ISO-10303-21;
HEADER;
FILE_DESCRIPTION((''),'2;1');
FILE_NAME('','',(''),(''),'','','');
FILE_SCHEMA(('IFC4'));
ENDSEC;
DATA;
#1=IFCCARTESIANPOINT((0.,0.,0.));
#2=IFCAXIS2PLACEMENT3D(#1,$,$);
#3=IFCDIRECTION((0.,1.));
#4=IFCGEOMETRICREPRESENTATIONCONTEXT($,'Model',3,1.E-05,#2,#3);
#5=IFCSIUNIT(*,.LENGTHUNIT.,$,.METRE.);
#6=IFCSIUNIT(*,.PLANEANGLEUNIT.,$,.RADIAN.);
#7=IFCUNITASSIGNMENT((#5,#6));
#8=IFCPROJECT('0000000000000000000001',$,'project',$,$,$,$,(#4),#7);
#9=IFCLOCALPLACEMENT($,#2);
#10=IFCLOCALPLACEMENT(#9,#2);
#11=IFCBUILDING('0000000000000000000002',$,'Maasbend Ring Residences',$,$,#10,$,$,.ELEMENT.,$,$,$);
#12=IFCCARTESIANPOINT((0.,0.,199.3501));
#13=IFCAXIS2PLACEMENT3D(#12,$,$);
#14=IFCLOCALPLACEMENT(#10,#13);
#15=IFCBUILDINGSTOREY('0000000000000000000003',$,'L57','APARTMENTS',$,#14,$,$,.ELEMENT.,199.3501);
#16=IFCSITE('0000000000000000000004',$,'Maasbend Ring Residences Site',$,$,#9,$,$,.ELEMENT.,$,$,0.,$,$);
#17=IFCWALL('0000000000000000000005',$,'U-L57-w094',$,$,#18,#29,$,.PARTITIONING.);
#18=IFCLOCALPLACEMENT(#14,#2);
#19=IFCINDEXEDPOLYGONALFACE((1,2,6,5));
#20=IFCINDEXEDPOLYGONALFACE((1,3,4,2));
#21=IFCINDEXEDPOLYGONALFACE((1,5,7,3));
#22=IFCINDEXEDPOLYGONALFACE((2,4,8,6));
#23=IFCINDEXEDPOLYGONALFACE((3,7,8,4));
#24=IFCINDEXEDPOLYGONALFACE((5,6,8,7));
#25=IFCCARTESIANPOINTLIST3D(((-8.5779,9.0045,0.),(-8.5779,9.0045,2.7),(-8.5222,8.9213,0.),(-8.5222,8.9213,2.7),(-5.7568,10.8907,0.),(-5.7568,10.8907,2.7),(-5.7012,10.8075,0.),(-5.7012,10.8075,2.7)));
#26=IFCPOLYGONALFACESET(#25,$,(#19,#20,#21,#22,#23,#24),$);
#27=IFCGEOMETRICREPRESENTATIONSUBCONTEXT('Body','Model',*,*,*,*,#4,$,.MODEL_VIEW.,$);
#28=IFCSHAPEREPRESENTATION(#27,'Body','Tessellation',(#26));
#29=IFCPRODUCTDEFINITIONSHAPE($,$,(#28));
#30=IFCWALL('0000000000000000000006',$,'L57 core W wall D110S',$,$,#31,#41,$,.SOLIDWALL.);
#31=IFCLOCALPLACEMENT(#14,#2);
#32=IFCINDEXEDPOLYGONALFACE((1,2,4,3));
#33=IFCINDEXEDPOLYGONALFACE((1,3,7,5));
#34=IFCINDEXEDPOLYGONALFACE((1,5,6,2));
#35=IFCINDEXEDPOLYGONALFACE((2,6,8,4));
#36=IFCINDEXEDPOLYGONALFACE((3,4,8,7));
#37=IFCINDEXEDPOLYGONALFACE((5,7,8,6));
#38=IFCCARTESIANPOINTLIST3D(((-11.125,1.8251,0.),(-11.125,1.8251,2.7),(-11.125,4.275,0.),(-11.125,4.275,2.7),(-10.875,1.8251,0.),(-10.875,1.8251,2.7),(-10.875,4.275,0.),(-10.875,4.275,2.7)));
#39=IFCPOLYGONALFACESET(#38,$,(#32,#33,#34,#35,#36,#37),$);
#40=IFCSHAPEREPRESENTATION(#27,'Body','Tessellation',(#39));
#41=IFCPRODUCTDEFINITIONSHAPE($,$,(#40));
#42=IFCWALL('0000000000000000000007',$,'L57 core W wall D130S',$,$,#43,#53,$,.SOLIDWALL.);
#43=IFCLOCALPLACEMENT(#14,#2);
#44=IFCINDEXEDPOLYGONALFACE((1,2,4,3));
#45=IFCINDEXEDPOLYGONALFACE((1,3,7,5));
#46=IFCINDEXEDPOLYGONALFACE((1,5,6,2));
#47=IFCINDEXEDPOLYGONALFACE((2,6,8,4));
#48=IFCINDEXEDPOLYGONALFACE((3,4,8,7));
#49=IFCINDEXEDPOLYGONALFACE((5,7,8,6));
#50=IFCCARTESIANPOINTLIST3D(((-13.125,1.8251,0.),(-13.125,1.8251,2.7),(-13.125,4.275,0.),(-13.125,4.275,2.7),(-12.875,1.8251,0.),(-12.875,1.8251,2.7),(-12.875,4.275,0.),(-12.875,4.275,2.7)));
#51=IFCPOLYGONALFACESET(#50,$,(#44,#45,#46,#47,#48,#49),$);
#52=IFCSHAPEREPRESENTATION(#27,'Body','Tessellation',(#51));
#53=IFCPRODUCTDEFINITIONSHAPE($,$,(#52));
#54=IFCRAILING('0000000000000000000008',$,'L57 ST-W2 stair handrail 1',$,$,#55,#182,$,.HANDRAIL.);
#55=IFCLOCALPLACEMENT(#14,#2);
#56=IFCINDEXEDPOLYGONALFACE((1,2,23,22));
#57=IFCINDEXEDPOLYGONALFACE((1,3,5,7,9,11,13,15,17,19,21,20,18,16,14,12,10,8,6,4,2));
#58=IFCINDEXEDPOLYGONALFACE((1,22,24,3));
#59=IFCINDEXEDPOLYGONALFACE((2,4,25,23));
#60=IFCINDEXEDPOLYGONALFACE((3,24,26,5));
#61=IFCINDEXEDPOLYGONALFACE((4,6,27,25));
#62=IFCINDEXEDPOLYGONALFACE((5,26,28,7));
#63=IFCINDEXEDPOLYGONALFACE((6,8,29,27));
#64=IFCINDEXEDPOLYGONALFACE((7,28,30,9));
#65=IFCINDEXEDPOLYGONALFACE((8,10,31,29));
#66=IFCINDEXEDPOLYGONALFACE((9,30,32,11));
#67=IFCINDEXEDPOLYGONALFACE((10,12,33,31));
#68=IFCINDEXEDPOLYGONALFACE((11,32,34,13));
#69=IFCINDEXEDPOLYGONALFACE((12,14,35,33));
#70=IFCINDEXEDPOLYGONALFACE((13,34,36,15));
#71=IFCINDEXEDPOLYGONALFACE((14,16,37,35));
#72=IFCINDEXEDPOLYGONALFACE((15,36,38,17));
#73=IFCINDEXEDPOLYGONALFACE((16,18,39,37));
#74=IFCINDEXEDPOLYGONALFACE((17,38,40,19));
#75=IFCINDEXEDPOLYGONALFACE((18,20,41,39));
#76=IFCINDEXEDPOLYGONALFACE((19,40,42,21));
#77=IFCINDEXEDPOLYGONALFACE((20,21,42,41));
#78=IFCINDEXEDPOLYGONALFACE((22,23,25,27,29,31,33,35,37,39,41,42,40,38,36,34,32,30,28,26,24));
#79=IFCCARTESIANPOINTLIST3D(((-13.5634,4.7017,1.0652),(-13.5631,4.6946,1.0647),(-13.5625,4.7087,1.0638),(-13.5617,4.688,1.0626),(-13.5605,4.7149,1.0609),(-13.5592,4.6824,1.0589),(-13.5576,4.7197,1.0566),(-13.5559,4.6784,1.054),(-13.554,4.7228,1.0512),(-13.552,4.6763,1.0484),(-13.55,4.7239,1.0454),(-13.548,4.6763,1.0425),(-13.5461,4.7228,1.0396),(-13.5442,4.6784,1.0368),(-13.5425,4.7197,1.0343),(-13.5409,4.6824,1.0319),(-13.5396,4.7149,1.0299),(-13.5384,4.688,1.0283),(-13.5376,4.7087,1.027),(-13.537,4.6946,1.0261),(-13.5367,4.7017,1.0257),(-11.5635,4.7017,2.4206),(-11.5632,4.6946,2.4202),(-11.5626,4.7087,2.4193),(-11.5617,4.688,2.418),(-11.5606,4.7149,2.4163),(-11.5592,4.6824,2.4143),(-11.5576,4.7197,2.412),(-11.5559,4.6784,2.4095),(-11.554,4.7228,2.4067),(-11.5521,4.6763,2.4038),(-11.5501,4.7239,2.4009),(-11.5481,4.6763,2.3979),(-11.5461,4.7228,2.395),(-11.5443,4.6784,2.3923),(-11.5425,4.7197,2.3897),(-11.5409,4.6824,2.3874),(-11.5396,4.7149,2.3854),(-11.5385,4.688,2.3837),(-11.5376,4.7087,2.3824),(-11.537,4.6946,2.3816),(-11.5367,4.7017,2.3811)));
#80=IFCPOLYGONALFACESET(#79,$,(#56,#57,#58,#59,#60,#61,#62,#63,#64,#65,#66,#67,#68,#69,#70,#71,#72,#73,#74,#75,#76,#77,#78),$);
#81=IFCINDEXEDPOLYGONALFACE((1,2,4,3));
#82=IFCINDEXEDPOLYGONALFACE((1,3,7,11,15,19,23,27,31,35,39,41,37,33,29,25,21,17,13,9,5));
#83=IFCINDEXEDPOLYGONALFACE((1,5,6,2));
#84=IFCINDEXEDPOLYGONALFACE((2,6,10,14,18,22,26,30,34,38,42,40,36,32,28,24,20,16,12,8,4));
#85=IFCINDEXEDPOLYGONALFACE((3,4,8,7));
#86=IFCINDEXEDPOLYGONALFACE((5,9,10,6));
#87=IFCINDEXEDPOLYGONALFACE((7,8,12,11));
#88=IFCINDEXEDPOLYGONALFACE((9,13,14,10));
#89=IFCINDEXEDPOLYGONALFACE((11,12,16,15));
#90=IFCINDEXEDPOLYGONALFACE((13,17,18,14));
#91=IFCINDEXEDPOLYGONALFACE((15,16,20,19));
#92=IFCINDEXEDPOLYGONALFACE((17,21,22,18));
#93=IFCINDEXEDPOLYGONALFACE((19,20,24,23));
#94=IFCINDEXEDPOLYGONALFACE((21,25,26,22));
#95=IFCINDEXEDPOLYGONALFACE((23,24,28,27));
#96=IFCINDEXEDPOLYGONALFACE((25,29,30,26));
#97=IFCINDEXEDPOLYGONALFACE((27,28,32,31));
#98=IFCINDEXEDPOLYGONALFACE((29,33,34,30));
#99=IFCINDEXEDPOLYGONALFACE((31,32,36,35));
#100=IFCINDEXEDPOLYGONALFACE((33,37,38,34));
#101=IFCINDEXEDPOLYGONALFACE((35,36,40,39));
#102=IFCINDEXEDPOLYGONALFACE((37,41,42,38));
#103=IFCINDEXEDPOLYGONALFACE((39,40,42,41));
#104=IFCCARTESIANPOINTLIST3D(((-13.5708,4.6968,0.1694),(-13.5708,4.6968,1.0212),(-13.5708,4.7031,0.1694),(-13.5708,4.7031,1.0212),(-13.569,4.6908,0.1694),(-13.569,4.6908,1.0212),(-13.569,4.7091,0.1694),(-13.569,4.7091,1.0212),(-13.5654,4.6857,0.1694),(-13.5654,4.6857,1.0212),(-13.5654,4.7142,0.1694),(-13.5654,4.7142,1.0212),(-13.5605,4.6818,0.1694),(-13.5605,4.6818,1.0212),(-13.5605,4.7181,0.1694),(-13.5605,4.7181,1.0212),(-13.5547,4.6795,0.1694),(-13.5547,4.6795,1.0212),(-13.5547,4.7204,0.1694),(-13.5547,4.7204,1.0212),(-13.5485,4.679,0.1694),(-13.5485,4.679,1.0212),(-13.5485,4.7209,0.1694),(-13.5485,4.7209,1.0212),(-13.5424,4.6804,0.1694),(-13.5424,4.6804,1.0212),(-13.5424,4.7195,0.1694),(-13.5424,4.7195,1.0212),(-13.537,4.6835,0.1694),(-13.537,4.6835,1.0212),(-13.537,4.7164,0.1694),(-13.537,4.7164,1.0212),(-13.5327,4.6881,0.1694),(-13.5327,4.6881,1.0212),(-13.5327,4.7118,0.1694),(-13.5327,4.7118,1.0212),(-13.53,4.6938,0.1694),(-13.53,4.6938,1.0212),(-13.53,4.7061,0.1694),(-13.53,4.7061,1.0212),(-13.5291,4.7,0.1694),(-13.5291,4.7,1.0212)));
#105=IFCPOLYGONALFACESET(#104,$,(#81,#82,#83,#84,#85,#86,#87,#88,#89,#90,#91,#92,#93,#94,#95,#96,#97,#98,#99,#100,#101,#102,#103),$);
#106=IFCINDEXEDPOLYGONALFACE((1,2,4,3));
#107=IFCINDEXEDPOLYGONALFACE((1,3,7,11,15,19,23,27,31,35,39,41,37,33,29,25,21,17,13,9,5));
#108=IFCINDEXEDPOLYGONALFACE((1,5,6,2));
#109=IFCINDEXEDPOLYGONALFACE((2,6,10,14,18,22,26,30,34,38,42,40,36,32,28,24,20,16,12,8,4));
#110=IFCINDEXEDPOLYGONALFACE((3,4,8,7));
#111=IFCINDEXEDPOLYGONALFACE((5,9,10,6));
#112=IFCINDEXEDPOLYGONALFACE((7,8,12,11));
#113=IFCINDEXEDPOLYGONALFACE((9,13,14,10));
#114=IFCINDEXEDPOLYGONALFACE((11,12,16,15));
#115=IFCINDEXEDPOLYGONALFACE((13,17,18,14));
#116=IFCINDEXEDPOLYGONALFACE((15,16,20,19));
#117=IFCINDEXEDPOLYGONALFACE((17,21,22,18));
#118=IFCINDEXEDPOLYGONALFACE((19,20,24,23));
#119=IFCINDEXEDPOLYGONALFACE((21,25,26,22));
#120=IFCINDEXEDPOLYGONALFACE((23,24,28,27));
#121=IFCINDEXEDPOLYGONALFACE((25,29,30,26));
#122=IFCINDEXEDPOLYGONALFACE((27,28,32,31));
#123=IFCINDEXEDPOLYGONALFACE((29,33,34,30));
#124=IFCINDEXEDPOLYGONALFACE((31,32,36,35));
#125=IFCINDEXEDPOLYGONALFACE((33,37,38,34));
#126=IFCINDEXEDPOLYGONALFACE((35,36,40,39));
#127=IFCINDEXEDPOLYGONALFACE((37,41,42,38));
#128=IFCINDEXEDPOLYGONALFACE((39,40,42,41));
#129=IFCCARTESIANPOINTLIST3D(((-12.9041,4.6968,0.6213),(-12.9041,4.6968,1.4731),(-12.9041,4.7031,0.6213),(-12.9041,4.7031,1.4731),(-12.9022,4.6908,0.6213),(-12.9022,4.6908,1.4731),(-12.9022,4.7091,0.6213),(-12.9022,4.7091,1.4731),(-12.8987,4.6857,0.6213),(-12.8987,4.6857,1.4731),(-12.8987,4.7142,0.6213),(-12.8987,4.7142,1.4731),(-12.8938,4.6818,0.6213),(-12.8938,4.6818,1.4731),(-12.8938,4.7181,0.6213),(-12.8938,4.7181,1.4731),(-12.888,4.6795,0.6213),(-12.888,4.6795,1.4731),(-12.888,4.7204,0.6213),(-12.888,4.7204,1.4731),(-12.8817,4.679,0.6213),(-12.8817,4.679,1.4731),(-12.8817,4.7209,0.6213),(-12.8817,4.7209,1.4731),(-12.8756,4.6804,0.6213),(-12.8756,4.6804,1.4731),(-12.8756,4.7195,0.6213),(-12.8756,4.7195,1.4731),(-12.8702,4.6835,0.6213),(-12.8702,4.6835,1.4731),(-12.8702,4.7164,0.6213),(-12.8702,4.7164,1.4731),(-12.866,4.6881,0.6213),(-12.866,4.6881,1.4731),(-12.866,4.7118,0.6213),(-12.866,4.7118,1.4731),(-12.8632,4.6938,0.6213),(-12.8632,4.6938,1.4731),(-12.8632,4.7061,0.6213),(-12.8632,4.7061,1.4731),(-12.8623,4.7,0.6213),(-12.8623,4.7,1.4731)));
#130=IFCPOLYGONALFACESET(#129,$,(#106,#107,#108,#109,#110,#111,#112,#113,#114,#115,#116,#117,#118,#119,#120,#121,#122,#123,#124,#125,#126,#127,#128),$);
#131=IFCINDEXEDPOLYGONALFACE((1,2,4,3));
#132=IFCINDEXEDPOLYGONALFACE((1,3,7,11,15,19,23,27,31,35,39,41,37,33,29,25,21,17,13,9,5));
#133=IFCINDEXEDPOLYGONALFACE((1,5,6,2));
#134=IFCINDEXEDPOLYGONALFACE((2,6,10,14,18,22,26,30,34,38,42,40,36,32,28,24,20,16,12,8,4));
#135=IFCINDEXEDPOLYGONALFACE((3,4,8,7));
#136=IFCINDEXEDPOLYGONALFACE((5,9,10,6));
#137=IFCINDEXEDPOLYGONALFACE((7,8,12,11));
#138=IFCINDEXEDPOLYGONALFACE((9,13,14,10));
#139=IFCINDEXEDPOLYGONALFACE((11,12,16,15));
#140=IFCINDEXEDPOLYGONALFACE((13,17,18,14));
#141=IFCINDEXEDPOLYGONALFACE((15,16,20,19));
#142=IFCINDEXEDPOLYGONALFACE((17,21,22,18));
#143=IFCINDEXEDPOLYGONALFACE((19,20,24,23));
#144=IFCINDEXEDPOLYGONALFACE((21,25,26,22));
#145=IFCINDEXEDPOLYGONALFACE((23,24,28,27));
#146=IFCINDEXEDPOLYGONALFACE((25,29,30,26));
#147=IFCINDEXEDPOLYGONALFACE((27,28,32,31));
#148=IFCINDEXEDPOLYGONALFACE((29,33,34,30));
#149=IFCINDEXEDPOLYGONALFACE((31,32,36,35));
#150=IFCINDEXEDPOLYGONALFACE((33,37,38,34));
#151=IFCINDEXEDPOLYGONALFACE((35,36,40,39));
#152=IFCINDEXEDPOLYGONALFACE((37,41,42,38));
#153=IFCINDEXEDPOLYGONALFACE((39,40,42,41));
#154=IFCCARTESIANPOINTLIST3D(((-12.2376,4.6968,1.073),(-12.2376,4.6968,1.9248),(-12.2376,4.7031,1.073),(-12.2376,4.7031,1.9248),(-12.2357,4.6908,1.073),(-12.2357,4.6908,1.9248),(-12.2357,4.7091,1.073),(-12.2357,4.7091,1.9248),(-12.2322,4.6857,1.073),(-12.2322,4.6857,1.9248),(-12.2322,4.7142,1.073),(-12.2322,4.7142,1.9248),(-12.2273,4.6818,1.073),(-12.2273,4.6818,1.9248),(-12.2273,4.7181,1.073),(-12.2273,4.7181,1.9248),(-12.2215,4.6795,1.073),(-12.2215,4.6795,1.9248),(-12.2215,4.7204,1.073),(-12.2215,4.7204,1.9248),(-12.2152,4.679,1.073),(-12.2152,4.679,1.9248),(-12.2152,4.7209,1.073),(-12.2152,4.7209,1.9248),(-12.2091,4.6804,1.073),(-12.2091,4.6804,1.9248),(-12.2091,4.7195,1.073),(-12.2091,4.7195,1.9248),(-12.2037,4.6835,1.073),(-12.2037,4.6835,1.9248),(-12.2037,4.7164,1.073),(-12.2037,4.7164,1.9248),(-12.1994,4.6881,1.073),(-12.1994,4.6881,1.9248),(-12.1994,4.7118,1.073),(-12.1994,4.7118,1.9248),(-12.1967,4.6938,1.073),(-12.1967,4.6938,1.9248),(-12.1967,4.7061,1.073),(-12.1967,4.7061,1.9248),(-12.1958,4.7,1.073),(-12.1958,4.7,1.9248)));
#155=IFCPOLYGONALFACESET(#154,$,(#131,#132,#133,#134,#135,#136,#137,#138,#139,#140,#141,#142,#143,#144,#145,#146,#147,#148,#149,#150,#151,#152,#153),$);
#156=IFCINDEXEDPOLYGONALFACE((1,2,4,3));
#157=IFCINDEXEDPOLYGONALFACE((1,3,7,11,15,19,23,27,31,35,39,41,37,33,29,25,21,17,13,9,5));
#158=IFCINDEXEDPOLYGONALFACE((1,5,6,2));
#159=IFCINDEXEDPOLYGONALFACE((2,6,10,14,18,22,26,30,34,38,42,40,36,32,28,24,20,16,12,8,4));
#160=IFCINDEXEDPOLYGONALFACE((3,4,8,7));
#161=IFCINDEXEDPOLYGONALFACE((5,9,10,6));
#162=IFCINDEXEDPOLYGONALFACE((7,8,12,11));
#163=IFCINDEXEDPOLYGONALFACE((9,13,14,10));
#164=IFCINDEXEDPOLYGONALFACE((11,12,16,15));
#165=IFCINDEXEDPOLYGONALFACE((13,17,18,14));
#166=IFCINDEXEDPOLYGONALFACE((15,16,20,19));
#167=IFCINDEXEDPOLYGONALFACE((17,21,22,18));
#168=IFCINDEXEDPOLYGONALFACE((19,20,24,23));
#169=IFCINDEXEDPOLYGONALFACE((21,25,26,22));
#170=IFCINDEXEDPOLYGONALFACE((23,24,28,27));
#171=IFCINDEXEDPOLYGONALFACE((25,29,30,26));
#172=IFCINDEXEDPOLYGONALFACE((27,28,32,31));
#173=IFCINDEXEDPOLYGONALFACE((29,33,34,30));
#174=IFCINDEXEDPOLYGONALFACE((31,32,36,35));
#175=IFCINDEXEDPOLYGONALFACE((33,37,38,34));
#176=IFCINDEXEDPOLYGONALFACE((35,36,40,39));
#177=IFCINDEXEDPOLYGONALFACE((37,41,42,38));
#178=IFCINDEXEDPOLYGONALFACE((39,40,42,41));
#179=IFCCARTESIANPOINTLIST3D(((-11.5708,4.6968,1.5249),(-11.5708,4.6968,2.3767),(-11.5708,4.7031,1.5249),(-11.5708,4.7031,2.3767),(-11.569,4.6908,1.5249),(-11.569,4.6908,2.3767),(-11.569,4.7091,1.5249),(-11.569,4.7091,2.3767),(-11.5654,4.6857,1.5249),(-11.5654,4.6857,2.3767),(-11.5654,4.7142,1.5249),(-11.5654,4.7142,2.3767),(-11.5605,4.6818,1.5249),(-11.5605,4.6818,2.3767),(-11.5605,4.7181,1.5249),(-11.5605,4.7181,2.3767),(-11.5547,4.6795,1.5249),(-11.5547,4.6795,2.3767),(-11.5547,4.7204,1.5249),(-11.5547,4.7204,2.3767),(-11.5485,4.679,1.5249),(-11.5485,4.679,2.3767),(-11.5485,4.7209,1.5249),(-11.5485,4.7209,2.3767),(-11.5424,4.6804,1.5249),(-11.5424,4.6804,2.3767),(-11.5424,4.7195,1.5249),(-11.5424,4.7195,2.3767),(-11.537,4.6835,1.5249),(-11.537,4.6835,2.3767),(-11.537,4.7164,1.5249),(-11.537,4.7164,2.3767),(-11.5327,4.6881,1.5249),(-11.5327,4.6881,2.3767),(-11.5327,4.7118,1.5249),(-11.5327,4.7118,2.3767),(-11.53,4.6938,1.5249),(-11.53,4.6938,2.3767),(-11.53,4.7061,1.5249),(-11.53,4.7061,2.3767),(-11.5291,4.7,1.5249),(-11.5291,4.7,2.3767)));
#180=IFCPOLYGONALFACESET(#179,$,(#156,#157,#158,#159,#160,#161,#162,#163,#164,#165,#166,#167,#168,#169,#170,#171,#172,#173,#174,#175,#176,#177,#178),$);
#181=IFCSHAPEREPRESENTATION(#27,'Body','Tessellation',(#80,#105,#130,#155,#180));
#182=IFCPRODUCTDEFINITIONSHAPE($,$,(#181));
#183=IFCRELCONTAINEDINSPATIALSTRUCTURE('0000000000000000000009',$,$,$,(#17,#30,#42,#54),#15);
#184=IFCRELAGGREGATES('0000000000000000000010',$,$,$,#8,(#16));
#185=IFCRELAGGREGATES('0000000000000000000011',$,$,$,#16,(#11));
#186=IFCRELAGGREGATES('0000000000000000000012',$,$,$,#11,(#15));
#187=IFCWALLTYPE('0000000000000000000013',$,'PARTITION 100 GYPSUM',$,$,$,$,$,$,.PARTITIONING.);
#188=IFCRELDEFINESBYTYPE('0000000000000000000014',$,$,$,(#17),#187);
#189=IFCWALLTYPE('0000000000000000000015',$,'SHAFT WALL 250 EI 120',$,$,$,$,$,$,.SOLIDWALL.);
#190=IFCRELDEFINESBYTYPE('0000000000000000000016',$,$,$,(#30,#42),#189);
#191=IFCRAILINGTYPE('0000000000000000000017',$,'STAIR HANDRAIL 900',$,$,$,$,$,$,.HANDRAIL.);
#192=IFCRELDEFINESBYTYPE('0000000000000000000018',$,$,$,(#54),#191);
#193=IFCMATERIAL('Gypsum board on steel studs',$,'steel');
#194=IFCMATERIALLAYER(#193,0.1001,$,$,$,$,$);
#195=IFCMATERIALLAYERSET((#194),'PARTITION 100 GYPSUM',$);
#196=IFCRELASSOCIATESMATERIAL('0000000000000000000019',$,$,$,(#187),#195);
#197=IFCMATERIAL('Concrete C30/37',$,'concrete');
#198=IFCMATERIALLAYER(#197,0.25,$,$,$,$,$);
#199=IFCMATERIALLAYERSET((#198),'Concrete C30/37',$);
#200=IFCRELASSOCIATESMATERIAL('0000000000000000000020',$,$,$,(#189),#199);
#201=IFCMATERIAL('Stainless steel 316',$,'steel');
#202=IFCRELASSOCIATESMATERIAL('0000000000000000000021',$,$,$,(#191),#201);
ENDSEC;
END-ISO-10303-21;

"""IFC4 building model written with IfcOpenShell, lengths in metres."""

from ifc_helpers import new_model, si_unit, direction, frame, frame_2d, origin, origin_2d, place, context, subcontext, project, spatial, rectangle, circle, extrude, material, layer, layer_set, type_object, element, save


model = new_model("IFC4")

# Units and contexts
model_context = context("Model", 3, precision=1e-05, world=origin(), true_north=direction((0.0, 1.0)))
body_context = subcontext(model_context, "Body", "Model", "MODEL_VIEW")
ifc_project = project(units=[si_unit("LENGTHUNIT", "METRE"), si_unit("PLANEANGLEUNIT", "RADIAN")], contexts=[model_context])

# Site, building, storey
site_placement = place(None, origin())
site = spatial("IfcSite", under=ifc_project, at=site_placement, Name="Maasbend Ring Residences Site", CompositionType="ELEMENT", RefElevation=0.0)
building_placement = place(site_placement, origin())
building = spatial("IfcBuilding", under=site, at=building_placement, Name="Maasbend Ring Residences", CompositionType="ELEMENT")
storey_placement = place(building_placement, frame((0.0, 0.0, 199.3501)))
storey = spatial("IfcBuildingStorey", under=building, at=storey_placement, Name="L57", Description="APARTMENTS", CompositionType="ELEMENT", Elevation=199.3501)

# Walls
ifc_material_1 = material(Name="Gypsum board on steel studs", Category="steel")
ifc_layer_1 = layer(ifc_material_1, 0.1001)
ifc_layer_set_1 = layer_set([ifc_layer_1], Name="PARTITION 100 GYPSUM")
wall_type_1 = type_object("IfcWallType", Name="PARTITION 100 GYPSUM", PredefinedType="PARTITIONING", material=ifc_layer_set_1)
wall_1_placement = place(storey_placement, frame((-8.55, 8.9629, 0.0), z_axis=(0.0, 0.0, 1.0), x_axis=(0.831297, 0.555829, 0.0)))
element("IfcWall", 1, at=wall_1_placement, inside=storey, type_object=wall_type_1, Name="U-L57-w094", PredefinedType="PARTITIONING", context=body_context, shape_type="SweptSolid", body=[
    extrude(rectangle(XDim=3.3936, YDim=0.1001, at=frame_2d((1.6968, 0.0))), origin(), (0.0, 0.0, 1.0), 2.7),
])
ifc_material_2 = material(Name="Concrete C30/37", Category="concrete")
ifc_layer_2 = layer(ifc_material_2, 0.25)
ifc_layer_set_2 = layer_set([ifc_layer_2], Name="Concrete C30/37")
wall_type_2 = type_object("IfcWallType", Name="SHAFT WALL 250 EI 120", PredefinedType="SOLIDWALL", material=ifc_layer_set_2)
for number, where, z_axis, x_axis, name in (
    (2, (-11.0, 1.825, 0.0), (0.0, 0.0, 1.0), (0.0, 1.0, 0.0), "L57 core W wall D110S"),
    (3, (-13.0, 1.825, 0.0), (0.0, 0.0, 1.0), (0.0, 1.0, 0.0), "L57 core W wall D130S"),
):
    element("IfcWall", number, at=place(storey_placement, frame(where, z_axis=z_axis, x_axis=x_axis)), inside=storey, type_object=wall_type_2, Name=name, PredefinedType="SOLIDWALL", context=body_context, shape_type="SweptSolid", body=[
        extrude(rectangle(XDim=2.45, YDim=0.25, at=frame_2d((1.2251, 0.0))), origin(), (0.0, 0.0, 1.0), 2.7),
    ])

# Railing
ifc_material_3 = material(Name="Stainless steel 316", Category="steel")
railing_type_1 = type_object("IfcRailingType", Name="STAIR HANDRAIL 900", PredefinedType="HANDRAIL", material=ifc_material_3)
railing_1_placement = place(storey_placement, frame((-13.55, 4.7, 0.1694)))
element("IfcRailing", 4, at=railing_1_placement, inside=storey, type_object=railing_type_1, Name="L57 ST-W2 stair handrail 1", PredefinedType="HANDRAIL", context=body_context, shape_type="SweptSolid", body=[
    extrude(circle(Radius=0.0239, at=origin_2d()), frame((0.0, 0.0, 0.876), z_axis=(0.827798, 0.0, 0.561027), x_axis=(0.0, 1.0, 0.0)), (0.0, 0.0, 1.0), 2.416),
    extrude(circle(Radius=0.021, at=origin_2d()), origin(), (0.0, 0.0, 1.0), 0.8518),
    extrude(circle(Radius=0.021, at=origin_2d()), frame((0.6667, 0.0, 0.4519)), (0.0, 0.0, 1.0), 0.8518),
    extrude(circle(Radius=0.021, at=origin_2d()), frame((1.3333, 0.0, 0.9036)), (0.0, 0.0, 1.0), 0.8518),
    extrude(circle(Radius=0.021, at=origin_2d()), frame((2.0, 0.0, 1.3555)), (0.0, 0.0, 1.0), 0.8518),
])

save(model, "model.ifc")
